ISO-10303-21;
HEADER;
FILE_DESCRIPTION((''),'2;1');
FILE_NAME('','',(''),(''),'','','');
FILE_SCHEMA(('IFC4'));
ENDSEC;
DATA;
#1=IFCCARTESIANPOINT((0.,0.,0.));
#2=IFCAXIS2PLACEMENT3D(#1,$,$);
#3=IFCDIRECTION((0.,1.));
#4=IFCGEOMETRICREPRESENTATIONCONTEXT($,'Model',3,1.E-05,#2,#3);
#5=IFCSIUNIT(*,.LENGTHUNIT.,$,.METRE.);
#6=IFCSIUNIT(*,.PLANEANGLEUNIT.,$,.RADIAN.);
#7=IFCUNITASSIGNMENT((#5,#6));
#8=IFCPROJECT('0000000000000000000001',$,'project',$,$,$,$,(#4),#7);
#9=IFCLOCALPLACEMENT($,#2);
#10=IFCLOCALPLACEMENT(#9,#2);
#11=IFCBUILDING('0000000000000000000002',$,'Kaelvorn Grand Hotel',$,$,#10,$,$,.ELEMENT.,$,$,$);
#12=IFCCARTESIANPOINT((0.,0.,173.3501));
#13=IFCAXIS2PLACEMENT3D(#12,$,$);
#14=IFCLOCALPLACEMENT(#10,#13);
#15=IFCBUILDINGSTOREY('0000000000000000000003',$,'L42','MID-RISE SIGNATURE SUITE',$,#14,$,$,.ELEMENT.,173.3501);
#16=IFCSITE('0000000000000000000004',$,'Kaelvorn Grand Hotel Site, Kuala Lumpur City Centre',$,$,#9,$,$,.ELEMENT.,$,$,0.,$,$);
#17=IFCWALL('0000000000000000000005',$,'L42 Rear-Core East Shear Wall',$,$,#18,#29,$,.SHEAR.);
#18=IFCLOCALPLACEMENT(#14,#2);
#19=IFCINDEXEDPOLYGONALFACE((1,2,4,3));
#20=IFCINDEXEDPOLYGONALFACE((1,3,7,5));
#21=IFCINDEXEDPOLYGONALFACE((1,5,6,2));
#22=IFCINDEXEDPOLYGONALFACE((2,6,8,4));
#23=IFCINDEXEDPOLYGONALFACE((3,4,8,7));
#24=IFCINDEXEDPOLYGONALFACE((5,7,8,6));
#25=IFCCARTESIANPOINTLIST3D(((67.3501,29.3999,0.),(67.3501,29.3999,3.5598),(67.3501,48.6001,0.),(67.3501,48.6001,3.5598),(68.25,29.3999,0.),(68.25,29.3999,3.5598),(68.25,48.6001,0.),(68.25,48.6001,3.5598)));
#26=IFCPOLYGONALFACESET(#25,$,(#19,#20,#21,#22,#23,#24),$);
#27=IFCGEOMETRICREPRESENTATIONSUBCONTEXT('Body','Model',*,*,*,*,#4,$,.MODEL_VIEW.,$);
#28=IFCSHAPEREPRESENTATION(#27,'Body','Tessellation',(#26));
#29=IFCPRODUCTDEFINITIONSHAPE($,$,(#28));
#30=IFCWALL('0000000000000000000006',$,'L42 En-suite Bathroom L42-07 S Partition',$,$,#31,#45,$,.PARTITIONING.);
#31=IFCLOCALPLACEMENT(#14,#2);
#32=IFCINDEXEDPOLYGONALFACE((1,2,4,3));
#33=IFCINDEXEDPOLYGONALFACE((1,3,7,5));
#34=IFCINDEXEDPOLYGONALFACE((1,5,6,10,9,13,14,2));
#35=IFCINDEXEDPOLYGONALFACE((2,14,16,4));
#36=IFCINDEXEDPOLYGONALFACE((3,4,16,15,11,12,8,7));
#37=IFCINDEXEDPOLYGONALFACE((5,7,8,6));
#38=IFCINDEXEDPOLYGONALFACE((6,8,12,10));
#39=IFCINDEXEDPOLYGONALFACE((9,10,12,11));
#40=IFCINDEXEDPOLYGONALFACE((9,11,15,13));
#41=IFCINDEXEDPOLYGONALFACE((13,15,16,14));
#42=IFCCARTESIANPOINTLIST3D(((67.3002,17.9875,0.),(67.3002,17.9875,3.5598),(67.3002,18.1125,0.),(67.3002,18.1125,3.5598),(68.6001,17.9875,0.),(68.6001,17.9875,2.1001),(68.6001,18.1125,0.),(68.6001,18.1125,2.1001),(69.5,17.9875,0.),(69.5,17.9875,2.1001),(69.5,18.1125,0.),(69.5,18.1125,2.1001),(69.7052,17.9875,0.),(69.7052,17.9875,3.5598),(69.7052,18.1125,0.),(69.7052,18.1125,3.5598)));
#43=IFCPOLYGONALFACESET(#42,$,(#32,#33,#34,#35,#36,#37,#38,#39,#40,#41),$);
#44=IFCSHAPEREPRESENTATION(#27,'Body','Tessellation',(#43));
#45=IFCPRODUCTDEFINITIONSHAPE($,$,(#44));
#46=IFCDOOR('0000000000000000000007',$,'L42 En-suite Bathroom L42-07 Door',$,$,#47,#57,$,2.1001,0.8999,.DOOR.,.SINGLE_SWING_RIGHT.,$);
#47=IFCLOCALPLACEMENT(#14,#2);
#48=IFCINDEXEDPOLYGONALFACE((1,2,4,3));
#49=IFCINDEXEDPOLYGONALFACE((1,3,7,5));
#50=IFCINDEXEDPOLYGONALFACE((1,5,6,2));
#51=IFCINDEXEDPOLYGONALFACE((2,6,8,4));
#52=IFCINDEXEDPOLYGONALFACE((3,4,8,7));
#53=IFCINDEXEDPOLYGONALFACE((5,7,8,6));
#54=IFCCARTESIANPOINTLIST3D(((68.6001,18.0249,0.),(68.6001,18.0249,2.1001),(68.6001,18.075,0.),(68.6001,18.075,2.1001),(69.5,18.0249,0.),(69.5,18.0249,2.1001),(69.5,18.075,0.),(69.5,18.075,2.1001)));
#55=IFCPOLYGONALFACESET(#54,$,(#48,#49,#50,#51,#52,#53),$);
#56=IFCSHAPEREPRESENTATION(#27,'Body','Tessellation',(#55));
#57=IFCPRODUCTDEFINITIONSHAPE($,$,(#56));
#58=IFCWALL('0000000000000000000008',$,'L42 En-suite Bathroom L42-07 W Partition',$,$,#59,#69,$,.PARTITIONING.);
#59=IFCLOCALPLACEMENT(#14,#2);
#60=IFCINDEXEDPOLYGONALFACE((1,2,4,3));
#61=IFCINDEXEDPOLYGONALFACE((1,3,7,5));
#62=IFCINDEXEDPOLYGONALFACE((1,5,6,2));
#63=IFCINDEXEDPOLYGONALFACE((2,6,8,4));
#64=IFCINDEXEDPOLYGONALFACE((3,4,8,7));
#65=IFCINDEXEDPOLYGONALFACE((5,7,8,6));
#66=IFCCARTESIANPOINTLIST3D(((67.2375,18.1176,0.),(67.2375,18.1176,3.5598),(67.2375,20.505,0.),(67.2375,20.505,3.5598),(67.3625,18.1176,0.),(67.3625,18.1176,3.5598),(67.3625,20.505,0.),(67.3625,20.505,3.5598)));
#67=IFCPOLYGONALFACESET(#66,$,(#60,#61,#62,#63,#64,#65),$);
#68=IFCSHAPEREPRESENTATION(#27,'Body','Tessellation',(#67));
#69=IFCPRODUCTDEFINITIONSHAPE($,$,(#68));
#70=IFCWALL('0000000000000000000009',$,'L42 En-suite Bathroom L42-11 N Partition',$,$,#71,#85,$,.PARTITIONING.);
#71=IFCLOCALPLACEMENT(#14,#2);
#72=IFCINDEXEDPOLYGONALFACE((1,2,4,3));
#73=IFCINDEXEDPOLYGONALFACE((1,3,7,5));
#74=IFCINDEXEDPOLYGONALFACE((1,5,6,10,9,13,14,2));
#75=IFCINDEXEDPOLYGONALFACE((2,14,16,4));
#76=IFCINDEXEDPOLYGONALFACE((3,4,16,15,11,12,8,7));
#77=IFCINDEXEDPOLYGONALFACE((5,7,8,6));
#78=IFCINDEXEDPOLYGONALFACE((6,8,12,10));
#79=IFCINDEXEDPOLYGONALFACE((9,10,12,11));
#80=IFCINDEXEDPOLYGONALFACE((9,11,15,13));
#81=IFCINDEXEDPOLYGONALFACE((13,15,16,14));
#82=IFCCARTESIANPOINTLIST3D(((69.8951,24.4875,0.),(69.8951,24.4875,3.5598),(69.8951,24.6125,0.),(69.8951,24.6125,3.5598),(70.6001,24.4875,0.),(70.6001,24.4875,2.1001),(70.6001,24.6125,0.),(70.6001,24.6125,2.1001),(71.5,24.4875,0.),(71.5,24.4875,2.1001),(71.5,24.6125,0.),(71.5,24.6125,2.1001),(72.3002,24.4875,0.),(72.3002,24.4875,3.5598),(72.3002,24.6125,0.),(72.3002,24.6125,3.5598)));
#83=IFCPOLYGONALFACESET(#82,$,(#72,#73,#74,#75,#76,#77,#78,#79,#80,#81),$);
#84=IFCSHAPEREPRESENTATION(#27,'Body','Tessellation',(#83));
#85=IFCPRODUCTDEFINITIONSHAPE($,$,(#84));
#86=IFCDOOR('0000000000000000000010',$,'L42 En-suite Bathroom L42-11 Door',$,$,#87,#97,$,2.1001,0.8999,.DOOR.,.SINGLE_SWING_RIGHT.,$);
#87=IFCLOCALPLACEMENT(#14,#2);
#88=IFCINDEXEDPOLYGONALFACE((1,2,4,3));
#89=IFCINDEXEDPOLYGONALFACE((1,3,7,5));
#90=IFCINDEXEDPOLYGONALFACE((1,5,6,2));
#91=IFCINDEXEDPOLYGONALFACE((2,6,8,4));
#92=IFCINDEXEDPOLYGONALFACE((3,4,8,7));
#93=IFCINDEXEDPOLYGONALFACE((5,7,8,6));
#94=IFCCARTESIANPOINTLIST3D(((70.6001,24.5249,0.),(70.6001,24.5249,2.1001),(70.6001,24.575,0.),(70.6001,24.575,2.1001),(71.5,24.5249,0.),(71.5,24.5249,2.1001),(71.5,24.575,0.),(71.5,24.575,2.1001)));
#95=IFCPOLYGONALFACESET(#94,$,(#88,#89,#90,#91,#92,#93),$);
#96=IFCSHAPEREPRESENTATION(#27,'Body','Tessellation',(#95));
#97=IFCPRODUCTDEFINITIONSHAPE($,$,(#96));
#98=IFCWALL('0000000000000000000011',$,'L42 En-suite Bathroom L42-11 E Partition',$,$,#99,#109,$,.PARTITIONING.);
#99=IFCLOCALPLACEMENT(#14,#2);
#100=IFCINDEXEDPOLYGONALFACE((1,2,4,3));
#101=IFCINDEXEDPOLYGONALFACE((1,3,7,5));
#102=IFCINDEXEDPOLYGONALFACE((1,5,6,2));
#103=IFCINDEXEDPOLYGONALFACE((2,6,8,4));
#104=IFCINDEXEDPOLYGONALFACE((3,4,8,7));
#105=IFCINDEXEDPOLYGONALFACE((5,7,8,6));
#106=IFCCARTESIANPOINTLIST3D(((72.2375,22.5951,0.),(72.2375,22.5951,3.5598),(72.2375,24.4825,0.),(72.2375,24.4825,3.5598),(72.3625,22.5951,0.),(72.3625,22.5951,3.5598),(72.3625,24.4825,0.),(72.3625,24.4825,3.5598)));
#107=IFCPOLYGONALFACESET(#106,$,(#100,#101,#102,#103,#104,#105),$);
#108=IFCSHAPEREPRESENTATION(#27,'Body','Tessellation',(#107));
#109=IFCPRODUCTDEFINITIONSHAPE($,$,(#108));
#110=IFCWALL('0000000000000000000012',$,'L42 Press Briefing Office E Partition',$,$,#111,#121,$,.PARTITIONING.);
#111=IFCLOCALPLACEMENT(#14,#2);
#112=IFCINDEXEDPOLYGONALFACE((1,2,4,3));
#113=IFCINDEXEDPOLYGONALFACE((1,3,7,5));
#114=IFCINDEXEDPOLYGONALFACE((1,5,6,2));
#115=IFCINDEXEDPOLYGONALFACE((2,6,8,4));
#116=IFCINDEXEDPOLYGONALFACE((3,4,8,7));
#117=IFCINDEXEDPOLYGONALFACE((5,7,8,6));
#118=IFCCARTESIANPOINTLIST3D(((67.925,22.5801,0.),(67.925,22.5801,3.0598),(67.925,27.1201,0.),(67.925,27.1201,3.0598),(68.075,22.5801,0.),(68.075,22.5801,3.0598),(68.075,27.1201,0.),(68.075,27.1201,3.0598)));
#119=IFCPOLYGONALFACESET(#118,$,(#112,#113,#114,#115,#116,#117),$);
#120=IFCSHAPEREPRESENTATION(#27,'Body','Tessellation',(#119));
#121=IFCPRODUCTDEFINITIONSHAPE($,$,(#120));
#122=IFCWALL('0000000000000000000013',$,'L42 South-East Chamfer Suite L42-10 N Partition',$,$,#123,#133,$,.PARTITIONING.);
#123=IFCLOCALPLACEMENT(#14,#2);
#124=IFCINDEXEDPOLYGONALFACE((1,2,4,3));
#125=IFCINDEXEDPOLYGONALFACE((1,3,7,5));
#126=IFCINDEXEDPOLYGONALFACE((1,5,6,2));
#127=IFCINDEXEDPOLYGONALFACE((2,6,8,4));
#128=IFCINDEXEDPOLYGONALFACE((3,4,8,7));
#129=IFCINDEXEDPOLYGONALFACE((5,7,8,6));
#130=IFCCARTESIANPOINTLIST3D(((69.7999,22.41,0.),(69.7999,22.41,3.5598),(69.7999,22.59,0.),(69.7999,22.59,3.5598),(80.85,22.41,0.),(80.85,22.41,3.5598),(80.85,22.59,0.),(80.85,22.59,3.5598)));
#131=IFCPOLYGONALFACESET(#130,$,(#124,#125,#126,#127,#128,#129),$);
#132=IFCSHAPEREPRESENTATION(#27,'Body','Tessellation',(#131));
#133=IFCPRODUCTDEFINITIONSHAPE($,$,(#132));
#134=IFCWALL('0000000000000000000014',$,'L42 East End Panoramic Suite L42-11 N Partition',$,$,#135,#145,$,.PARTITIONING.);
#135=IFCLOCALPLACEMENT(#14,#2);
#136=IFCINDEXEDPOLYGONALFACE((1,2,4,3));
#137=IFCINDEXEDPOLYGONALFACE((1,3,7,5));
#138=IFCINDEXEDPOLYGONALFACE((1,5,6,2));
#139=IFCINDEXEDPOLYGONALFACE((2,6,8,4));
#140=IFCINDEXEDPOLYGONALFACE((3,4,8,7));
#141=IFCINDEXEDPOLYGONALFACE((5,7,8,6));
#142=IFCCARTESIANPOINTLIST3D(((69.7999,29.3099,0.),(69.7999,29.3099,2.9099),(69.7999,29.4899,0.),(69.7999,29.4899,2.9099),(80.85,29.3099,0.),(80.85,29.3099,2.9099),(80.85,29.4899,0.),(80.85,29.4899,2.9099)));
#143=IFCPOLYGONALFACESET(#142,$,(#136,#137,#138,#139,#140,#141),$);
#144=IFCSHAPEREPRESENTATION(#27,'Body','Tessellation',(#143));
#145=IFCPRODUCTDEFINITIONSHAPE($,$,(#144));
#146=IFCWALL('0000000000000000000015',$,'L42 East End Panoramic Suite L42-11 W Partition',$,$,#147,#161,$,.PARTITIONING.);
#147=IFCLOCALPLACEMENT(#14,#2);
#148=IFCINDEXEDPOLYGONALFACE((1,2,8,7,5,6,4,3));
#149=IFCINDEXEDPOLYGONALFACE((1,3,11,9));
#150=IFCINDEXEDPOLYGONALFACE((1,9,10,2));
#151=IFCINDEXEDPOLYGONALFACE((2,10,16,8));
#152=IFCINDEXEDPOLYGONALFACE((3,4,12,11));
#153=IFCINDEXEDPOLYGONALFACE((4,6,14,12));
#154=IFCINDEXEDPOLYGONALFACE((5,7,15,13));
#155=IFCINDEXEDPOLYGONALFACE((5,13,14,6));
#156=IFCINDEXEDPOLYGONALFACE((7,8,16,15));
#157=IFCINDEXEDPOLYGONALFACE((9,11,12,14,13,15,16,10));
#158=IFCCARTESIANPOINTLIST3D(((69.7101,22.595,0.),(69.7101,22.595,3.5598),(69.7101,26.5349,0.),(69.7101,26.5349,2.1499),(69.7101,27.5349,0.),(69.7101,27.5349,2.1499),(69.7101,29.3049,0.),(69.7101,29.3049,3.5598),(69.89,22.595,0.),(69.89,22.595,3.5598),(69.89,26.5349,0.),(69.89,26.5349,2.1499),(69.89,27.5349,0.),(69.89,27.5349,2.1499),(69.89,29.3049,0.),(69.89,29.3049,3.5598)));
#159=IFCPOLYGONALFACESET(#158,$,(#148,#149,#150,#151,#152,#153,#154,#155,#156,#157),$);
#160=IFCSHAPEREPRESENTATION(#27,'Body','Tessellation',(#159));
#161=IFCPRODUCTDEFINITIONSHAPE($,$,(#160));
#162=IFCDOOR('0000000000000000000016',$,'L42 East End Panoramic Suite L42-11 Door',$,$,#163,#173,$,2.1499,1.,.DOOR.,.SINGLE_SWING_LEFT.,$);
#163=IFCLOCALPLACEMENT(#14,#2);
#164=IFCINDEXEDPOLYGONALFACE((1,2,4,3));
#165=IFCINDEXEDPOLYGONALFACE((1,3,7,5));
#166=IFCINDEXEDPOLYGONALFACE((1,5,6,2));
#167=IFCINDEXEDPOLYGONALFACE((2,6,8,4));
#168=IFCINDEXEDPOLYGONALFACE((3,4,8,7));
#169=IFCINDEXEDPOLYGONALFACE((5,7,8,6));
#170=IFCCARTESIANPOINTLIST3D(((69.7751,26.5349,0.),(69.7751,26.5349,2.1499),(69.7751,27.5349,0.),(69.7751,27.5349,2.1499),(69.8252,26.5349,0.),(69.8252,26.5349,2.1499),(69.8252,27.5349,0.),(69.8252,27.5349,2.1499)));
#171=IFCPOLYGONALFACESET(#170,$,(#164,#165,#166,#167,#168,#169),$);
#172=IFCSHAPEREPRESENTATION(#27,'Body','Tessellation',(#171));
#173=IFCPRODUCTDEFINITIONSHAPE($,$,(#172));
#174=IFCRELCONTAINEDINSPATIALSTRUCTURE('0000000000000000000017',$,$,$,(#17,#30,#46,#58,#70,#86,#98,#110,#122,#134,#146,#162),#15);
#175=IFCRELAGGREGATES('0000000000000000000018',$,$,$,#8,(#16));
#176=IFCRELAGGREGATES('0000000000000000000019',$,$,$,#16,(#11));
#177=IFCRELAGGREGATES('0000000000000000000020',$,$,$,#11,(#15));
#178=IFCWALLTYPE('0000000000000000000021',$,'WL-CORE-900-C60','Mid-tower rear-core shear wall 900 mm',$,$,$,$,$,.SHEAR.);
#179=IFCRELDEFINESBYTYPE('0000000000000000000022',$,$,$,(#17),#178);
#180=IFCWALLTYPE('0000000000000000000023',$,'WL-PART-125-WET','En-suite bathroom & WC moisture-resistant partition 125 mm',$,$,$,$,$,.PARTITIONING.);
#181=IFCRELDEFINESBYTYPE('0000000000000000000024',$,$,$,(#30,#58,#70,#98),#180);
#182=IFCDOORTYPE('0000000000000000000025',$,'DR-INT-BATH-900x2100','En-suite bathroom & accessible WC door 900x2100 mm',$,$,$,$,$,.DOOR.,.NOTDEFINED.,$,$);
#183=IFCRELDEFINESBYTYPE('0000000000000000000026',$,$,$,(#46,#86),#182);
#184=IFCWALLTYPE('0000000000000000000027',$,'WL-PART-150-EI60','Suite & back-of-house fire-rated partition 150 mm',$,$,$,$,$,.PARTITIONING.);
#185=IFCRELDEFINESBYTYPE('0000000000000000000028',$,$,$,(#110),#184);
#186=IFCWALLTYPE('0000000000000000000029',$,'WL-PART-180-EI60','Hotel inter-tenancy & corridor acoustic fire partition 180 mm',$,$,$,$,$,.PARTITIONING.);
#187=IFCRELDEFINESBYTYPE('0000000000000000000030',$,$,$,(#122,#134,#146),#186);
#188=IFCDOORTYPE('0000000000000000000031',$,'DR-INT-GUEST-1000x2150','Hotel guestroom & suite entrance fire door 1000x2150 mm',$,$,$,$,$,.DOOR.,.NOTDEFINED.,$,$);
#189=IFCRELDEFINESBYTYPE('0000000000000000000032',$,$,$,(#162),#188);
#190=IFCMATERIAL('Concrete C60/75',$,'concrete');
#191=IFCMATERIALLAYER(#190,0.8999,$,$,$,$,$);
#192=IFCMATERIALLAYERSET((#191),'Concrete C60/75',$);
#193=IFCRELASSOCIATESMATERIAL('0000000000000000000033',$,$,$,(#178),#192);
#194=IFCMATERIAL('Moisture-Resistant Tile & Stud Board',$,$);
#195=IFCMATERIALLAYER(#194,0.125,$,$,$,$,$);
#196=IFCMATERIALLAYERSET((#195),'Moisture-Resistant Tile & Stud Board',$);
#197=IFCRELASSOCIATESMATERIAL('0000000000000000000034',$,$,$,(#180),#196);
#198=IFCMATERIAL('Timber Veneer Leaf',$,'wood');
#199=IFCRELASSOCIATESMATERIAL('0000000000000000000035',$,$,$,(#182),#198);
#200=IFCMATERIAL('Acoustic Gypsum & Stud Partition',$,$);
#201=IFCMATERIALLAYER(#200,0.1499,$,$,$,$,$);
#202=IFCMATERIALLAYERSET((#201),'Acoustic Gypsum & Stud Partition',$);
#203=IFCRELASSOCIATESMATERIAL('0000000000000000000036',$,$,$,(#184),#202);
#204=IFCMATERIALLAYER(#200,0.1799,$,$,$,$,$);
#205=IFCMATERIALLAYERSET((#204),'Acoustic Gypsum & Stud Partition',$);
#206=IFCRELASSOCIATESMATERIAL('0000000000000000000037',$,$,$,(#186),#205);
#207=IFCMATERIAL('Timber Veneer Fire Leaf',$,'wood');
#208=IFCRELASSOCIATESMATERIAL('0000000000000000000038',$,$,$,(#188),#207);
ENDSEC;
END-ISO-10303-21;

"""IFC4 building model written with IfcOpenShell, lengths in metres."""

from ifc_helpers import new_model, si_unit, direction, frame, frame_2d, origin, place, context, subcontext, project, spatial, rectangle, extrude, material, layer, layer_set, type_object, element, fill, save


model = new_model("IFC4")

# Units and contexts
model_context = context("Model", 3, precision=1e-05, world=origin(), true_north=direction((0.0, 1.0)))
body_context = subcontext(model_context, "Body", "Model", "MODEL_VIEW")
ifc_project = project(units=[si_unit("LENGTHUNIT", "METRE"), si_unit("PLANEANGLEUNIT", "RADIAN")], contexts=[model_context])

# Site, building, storey
site_placement = place(None, origin())
site = spatial("IfcSite", under=ifc_project, at=site_placement, Name="Kaelvorn Grand Hotel Site, Kuala Lumpur City Centre", CompositionType="ELEMENT", RefElevation=0.0)
building_placement = place(site_placement, origin())
building = spatial("IfcBuilding", under=site, at=building_placement, Name="Kaelvorn Grand Hotel", CompositionType="ELEMENT")
storey_placement = place(building_placement, frame((0.0, 0.0, 173.3501)))
storey = spatial("IfcBuildingStorey", under=building, at=storey_placement, Name="L42", Description="MID-RISE SIGNATURE SUITE", CompositionType="ELEMENT", Elevation=173.3501)

# Shared definitions
ifc_material_1 = material(Name="Concrete C60/75", Category="concrete")

# Wall
ifc_layer_1 = layer(ifc_material_1, 0.8999)
ifc_layer_set_1 = layer_set([ifc_layer_1], Name="Concrete C60/75")
wall_type_1 = type_object("IfcWallType", Name="WL-CORE-900-C60", Description="Mid-tower rear-core shear wall 900 mm", PredefinedType="SHEAR", material=ifc_layer_set_1)
wall_1_placement = place(storey_placement, frame((67.8, 29.3999, 0.0), z_axis=(0.0, 0.0, 1.0), x_axis=(0.0, 1.0, 0.0)))
element("IfcWall", 1, at=wall_1_placement, inside=storey, type_object=wall_type_1, Name="L42 Rear-Core East Shear Wall", PredefinedType="SHEAR", context=body_context, shape_type="SweptSolid", body=[
    extrude(rectangle(XDim=19.2002, YDim=0.8999, at=frame_2d((9.6001, 0.0))), origin(), (0.0, 0.0, 1.0), 3.5598),
])

# Wall, opening, door
ifc_material_2 = material(Name="Moisture-Resistant Tile & Stud Board")
ifc_layer_2 = layer(ifc_material_2, 0.125)
ifc_layer_set_2 = layer_set([ifc_layer_2], Name="Moisture-Resistant Tile & Stud Board")
wall_type_2 = type_object("IfcWallType", Name="WL-PART-125-WET", Description="En-suite bathroom & WC moisture-resistant partition 125 mm", PredefinedType="PARTITIONING", material=ifc_layer_set_2)
wall_2_placement = place(storey_placement, frame((67.3, 18.05, 0.0), z_axis=(0.0, 0.0, 1.0), x_axis=(1.0, 0.0, 0.0)))
wall_2 = element("IfcWall", 2, at=wall_2_placement, inside=storey, type_object=wall_type_2, Name="L42 En-suite Bathroom L42-07 S Partition", PredefinedType="PARTITIONING", context=body_context, shape_type="SweptSolid", body=[
    extrude(rectangle(XDim=2.405, YDim=0.125, at=frame_2d((1.2026, 0.0))), origin(), (0.0, 0.0, 1.0), 3.5598),
])
opening_1_placement = place(wall_2_placement, frame((1.3, 0.0, 0.0)))
opening_1 = element("IfcOpeningElement", 3, at=opening_1_placement, cuts=wall_2, PredefinedType="OPENING", context=body_context, shape_type="SweptSolid", body=[
    extrude(rectangle(XDim=0.8999, YDim=2.1001, at=frame_2d((0.45, 1.05))), frame((0.0, 0.0725, 0.0), z_axis=(0.0, -1.0, 0.0), x_axis=(1.0, 0.0, 0.0)), (0.0, 0.0, 1.0), 0.145),
])
ifc_material_3 = material(Name="Timber Veneer Leaf", Category="wood")
door_type_1 = type_object("IfcDoorType", Name="DR-INT-BATH-900x2100", Description="En-suite bathroom & accessible WC door 900x2100 mm", OperationType="NOTDEFINED", PredefinedType="DOOR", material=ifc_material_3)
door_1_placement = place(opening_1_placement, origin())
door_1 = element("IfcDoor", 4, at=door_1_placement, inside=storey, type_object=door_type_1, Name="L42 En-suite Bathroom L42-07 Door", OperationType="SINGLE_SWING_RIGHT", OverallHeight=2.1001, OverallWidth=0.8999, PredefinedType="DOOR", context=body_context, shape_type="SweptSolid", body=[
    extrude(rectangle(XDim=0.8999, YDim=2.1001, at=frame_2d((0.45, 1.05))), frame((0.0, 0.0249, 0.0), z_axis=(0.0, -1.0, 0.0), x_axis=(1.0, 0.0, 0.0)), (0.0, 0.0, 1.0), 0.05),
])
fill(opening_1, door_1)

# Wall
wall_3_placement = place(storey_placement, frame((67.3, 18.1174, 0.0), z_axis=(0.0, 0.0, 1.0), x_axis=(0.0, 1.0, 0.0)))
element("IfcWall", 5, at=wall_3_placement, inside=storey, type_object=wall_type_2, Name="L42 En-suite Bathroom L42-07 W Partition", PredefinedType="PARTITIONING", context=body_context, shape_type="SweptSolid", body=[
    extrude(rectangle(XDim=2.3875, YDim=0.125, at=frame_2d((1.1938, 0.0))), origin(), (0.0, 0.0, 1.0), 3.5598),
])

# Wall, opening, door
wall_4_placement = place(storey_placement, frame((69.895, 24.55, 0.0), z_axis=(0.0, 0.0, 1.0), x_axis=(1.0, 0.0, 0.0)))
wall_4 = element("IfcWall", 6, at=wall_4_placement, inside=storey, type_object=wall_type_2, Name="L42 En-suite Bathroom L42-11 N Partition", PredefinedType="PARTITIONING", context=body_context, shape_type="SweptSolid", body=[
    extrude(rectangle(XDim=2.405, YDim=0.125, at=frame_2d((1.2026, 0.0))), origin(), (0.0, 0.0, 1.0), 3.5598),
])
opening_2_placement = place(wall_4_placement, frame((0.7051, 0.0, 0.0)))
opening_2 = element("IfcOpeningElement", 7, at=opening_2_placement, cuts=wall_4, PredefinedType="OPENING", context=body_context, shape_type="SweptSolid", body=[
    extrude(rectangle(XDim=0.8999, YDim=2.1001, at=frame_2d((0.45, 1.05))), frame((0.0, 0.0725, 0.0), z_axis=(0.0, -1.0, 0.0), x_axis=(1.0, 0.0, 0.0)), (0.0, 0.0, 1.0), 0.145),
])
door_2_placement = place(opening_2_placement, origin())
door_2 = element("IfcDoor", 8, at=door_2_placement, inside=storey, type_object=door_type_1, Name="L42 En-suite Bathroom L42-11 Door", OperationType="SINGLE_SWING_RIGHT", OverallHeight=2.1001, OverallWidth=0.8999, PredefinedType="DOOR", context=body_context, shape_type="SweptSolid", body=[
    extrude(rectangle(XDim=0.8999, YDim=2.1001, at=frame_2d((0.45, 1.05))), frame((0.0, 0.0249, 0.0), z_axis=(0.0, -1.0, 0.0), x_axis=(1.0, 0.0, 0.0)), (0.0, 0.0, 1.0), 0.05),
])
fill(opening_2, door_2)

# Walls
wall_5_placement = place(storey_placement, frame((72.3, 22.595, 0.0), z_axis=(0.0, 0.0, 1.0), x_axis=(0.0, 1.0, 0.0)))
element("IfcWall", 9, at=wall_5_placement, inside=storey, type_object=wall_type_2, Name="L42 En-suite Bathroom L42-11 E Partition", PredefinedType="PARTITIONING", context=body_context, shape_type="SweptSolid", body=[
    extrude(rectangle(XDim=1.8875, YDim=0.125, at=frame_2d((0.9438, 0.0))), origin(), (0.0, 0.0, 1.0), 3.5598),
])
ifc_material_4 = material(Name="Acoustic Gypsum & Stud Partition")
ifc_layer_3 = layer(ifc_material_4, 0.1499)
ifc_layer_set_3 = layer_set([ifc_layer_3], Name="Acoustic Gypsum & Stud Partition")
wall_type_3 = type_object("IfcWallType", Name="WL-PART-150-EI60", Description="Suite & back-of-house fire-rated partition 150 mm", PredefinedType="PARTITIONING", material=ifc_layer_set_3)
wall_6_placement = place(storey_placement, frame((68.0, 22.5801, 0.0), z_axis=(0.0, 0.0, 1.0), x_axis=(0.0, 1.0, 0.0)))
element("IfcWall", 10, at=wall_6_placement, inside=storey, type_object=wall_type_3, Name="L42 Press Briefing Office E Partition", PredefinedType="PARTITIONING", context=body_context, shape_type="SweptSolid", body=[
    extrude(rectangle(XDim=4.54, YDim=0.1499, at=frame_2d((2.27, 0.0))), origin(), (0.0, 0.0, 1.0), 3.0598),
])
ifc_layer_4 = layer(ifc_material_4, 0.1799)
ifc_layer_set_4 = layer_set([ifc_layer_4], Name="Acoustic Gypsum & Stud Partition")
wall_type_4 = type_object("IfcWallType", Name="WL-PART-180-EI60", Description="Hotel inter-tenancy & corridor acoustic fire partition 180 mm", PredefinedType="PARTITIONING", material=ifc_layer_set_4)
wall_7_placement = place(storey_placement, frame((69.8, 22.5, 0.0), z_axis=(0.0, 0.0, 1.0), x_axis=(1.0, 0.0, 0.0)))
element("IfcWall", 11, at=wall_7_placement, inside=storey, type_object=wall_type_4, Name="L42 South-East Chamfer Suite L42-10 N Partition", PredefinedType="PARTITIONING", context=body_context, shape_type="SweptSolid", body=[
    extrude(rectangle(XDim=11.05, YDim=0.1799, at=frame_2d((5.5249, 0.0))), origin(), (0.0, 0.0, 1.0), 3.5598),
])

# Shared definitions
ifc_material_5 = material(Name="Timber Veneer Fire Leaf", Category="wood")
door_type_2 = type_object("IfcDoorType", Name="DR-INT-GUEST-1000x2150", Description="Hotel guestroom & suite entrance fire door 1000x2150 mm", OperationType="NOTDEFINED", PredefinedType="DOOR", material=ifc_material_5)

# Wall
wall_8_placement = place(storey_placement, frame((69.8, 29.3999, 0.0), z_axis=(0.0, 0.0, 1.0), x_axis=(1.0, 0.0, 0.0)))
element("IfcWall", 12, at=wall_8_placement, inside=storey, type_object=wall_type_4, Name="L42 East End Panoramic Suite L42-11 N Partition", PredefinedType="PARTITIONING", context=body_context, shape_type="SweptSolid", body=[
    extrude(rectangle(XDim=11.05, YDim=0.1799, at=frame_2d((5.5249, 0.0))), origin(), (0.0, 0.0, 1.0), 2.9099),
])

# Wall, opening, door
wall_9_placement = place(storey_placement, frame((69.8, 22.595, 0.0), z_axis=(0.0, 0.0, 1.0), x_axis=(0.0, 1.0, 0.0)))
wall_9 = element("IfcWall", 13, at=wall_9_placement, inside=storey, type_object=wall_type_4, Name="L42 East End Panoramic Suite L42-11 W Partition", PredefinedType="PARTITIONING", context=body_context, shape_type="SweptSolid", body=[
    extrude(rectangle(XDim=6.71, YDim=0.1799, at=frame_2d((3.355, 0.0))), origin(), (0.0, 0.0, 1.0), 3.5598),
])
opening_3_placement = place(wall_9_placement, frame((3.9399, 0.0, 0.0)))
opening_3 = element("IfcOpeningElement", 14, at=opening_3_placement, cuts=wall_9, PredefinedType="OPENING", context=body_context, shape_type="SweptSolid", body=[
    extrude(rectangle(XDim=1.0, YDim=2.1499, at=frame_2d((0.5, 1.075))), frame((0.0, 0.1001, 0.0), z_axis=(0.0, -1.0, 0.0), x_axis=(1.0, 0.0, 0.0)), (0.0, 0.0, 1.0), 0.2),
])
door_3_placement = place(opening_3_placement, origin())
door_3 = element("IfcDoor", 15, at=door_3_placement, inside=storey, type_object=door_type_2, Name="L42 East End Panoramic Suite L42-11 Door", OperationType="SINGLE_SWING_LEFT", OverallHeight=2.1499, OverallWidth=1.0, PredefinedType="DOOR", context=body_context, shape_type="SweptSolid", body=[
    extrude(rectangle(XDim=1.0, YDim=2.1499, at=frame_2d((0.5, 1.075))), frame((0.0, 0.0249, 0.0), z_axis=(0.0, -1.0, 0.0), x_axis=(1.0, 0.0, 0.0)), (0.0, 0.0, 1.0), 0.05),
])
fill(opening_3, door_3)

save(model, "model.ifc")
